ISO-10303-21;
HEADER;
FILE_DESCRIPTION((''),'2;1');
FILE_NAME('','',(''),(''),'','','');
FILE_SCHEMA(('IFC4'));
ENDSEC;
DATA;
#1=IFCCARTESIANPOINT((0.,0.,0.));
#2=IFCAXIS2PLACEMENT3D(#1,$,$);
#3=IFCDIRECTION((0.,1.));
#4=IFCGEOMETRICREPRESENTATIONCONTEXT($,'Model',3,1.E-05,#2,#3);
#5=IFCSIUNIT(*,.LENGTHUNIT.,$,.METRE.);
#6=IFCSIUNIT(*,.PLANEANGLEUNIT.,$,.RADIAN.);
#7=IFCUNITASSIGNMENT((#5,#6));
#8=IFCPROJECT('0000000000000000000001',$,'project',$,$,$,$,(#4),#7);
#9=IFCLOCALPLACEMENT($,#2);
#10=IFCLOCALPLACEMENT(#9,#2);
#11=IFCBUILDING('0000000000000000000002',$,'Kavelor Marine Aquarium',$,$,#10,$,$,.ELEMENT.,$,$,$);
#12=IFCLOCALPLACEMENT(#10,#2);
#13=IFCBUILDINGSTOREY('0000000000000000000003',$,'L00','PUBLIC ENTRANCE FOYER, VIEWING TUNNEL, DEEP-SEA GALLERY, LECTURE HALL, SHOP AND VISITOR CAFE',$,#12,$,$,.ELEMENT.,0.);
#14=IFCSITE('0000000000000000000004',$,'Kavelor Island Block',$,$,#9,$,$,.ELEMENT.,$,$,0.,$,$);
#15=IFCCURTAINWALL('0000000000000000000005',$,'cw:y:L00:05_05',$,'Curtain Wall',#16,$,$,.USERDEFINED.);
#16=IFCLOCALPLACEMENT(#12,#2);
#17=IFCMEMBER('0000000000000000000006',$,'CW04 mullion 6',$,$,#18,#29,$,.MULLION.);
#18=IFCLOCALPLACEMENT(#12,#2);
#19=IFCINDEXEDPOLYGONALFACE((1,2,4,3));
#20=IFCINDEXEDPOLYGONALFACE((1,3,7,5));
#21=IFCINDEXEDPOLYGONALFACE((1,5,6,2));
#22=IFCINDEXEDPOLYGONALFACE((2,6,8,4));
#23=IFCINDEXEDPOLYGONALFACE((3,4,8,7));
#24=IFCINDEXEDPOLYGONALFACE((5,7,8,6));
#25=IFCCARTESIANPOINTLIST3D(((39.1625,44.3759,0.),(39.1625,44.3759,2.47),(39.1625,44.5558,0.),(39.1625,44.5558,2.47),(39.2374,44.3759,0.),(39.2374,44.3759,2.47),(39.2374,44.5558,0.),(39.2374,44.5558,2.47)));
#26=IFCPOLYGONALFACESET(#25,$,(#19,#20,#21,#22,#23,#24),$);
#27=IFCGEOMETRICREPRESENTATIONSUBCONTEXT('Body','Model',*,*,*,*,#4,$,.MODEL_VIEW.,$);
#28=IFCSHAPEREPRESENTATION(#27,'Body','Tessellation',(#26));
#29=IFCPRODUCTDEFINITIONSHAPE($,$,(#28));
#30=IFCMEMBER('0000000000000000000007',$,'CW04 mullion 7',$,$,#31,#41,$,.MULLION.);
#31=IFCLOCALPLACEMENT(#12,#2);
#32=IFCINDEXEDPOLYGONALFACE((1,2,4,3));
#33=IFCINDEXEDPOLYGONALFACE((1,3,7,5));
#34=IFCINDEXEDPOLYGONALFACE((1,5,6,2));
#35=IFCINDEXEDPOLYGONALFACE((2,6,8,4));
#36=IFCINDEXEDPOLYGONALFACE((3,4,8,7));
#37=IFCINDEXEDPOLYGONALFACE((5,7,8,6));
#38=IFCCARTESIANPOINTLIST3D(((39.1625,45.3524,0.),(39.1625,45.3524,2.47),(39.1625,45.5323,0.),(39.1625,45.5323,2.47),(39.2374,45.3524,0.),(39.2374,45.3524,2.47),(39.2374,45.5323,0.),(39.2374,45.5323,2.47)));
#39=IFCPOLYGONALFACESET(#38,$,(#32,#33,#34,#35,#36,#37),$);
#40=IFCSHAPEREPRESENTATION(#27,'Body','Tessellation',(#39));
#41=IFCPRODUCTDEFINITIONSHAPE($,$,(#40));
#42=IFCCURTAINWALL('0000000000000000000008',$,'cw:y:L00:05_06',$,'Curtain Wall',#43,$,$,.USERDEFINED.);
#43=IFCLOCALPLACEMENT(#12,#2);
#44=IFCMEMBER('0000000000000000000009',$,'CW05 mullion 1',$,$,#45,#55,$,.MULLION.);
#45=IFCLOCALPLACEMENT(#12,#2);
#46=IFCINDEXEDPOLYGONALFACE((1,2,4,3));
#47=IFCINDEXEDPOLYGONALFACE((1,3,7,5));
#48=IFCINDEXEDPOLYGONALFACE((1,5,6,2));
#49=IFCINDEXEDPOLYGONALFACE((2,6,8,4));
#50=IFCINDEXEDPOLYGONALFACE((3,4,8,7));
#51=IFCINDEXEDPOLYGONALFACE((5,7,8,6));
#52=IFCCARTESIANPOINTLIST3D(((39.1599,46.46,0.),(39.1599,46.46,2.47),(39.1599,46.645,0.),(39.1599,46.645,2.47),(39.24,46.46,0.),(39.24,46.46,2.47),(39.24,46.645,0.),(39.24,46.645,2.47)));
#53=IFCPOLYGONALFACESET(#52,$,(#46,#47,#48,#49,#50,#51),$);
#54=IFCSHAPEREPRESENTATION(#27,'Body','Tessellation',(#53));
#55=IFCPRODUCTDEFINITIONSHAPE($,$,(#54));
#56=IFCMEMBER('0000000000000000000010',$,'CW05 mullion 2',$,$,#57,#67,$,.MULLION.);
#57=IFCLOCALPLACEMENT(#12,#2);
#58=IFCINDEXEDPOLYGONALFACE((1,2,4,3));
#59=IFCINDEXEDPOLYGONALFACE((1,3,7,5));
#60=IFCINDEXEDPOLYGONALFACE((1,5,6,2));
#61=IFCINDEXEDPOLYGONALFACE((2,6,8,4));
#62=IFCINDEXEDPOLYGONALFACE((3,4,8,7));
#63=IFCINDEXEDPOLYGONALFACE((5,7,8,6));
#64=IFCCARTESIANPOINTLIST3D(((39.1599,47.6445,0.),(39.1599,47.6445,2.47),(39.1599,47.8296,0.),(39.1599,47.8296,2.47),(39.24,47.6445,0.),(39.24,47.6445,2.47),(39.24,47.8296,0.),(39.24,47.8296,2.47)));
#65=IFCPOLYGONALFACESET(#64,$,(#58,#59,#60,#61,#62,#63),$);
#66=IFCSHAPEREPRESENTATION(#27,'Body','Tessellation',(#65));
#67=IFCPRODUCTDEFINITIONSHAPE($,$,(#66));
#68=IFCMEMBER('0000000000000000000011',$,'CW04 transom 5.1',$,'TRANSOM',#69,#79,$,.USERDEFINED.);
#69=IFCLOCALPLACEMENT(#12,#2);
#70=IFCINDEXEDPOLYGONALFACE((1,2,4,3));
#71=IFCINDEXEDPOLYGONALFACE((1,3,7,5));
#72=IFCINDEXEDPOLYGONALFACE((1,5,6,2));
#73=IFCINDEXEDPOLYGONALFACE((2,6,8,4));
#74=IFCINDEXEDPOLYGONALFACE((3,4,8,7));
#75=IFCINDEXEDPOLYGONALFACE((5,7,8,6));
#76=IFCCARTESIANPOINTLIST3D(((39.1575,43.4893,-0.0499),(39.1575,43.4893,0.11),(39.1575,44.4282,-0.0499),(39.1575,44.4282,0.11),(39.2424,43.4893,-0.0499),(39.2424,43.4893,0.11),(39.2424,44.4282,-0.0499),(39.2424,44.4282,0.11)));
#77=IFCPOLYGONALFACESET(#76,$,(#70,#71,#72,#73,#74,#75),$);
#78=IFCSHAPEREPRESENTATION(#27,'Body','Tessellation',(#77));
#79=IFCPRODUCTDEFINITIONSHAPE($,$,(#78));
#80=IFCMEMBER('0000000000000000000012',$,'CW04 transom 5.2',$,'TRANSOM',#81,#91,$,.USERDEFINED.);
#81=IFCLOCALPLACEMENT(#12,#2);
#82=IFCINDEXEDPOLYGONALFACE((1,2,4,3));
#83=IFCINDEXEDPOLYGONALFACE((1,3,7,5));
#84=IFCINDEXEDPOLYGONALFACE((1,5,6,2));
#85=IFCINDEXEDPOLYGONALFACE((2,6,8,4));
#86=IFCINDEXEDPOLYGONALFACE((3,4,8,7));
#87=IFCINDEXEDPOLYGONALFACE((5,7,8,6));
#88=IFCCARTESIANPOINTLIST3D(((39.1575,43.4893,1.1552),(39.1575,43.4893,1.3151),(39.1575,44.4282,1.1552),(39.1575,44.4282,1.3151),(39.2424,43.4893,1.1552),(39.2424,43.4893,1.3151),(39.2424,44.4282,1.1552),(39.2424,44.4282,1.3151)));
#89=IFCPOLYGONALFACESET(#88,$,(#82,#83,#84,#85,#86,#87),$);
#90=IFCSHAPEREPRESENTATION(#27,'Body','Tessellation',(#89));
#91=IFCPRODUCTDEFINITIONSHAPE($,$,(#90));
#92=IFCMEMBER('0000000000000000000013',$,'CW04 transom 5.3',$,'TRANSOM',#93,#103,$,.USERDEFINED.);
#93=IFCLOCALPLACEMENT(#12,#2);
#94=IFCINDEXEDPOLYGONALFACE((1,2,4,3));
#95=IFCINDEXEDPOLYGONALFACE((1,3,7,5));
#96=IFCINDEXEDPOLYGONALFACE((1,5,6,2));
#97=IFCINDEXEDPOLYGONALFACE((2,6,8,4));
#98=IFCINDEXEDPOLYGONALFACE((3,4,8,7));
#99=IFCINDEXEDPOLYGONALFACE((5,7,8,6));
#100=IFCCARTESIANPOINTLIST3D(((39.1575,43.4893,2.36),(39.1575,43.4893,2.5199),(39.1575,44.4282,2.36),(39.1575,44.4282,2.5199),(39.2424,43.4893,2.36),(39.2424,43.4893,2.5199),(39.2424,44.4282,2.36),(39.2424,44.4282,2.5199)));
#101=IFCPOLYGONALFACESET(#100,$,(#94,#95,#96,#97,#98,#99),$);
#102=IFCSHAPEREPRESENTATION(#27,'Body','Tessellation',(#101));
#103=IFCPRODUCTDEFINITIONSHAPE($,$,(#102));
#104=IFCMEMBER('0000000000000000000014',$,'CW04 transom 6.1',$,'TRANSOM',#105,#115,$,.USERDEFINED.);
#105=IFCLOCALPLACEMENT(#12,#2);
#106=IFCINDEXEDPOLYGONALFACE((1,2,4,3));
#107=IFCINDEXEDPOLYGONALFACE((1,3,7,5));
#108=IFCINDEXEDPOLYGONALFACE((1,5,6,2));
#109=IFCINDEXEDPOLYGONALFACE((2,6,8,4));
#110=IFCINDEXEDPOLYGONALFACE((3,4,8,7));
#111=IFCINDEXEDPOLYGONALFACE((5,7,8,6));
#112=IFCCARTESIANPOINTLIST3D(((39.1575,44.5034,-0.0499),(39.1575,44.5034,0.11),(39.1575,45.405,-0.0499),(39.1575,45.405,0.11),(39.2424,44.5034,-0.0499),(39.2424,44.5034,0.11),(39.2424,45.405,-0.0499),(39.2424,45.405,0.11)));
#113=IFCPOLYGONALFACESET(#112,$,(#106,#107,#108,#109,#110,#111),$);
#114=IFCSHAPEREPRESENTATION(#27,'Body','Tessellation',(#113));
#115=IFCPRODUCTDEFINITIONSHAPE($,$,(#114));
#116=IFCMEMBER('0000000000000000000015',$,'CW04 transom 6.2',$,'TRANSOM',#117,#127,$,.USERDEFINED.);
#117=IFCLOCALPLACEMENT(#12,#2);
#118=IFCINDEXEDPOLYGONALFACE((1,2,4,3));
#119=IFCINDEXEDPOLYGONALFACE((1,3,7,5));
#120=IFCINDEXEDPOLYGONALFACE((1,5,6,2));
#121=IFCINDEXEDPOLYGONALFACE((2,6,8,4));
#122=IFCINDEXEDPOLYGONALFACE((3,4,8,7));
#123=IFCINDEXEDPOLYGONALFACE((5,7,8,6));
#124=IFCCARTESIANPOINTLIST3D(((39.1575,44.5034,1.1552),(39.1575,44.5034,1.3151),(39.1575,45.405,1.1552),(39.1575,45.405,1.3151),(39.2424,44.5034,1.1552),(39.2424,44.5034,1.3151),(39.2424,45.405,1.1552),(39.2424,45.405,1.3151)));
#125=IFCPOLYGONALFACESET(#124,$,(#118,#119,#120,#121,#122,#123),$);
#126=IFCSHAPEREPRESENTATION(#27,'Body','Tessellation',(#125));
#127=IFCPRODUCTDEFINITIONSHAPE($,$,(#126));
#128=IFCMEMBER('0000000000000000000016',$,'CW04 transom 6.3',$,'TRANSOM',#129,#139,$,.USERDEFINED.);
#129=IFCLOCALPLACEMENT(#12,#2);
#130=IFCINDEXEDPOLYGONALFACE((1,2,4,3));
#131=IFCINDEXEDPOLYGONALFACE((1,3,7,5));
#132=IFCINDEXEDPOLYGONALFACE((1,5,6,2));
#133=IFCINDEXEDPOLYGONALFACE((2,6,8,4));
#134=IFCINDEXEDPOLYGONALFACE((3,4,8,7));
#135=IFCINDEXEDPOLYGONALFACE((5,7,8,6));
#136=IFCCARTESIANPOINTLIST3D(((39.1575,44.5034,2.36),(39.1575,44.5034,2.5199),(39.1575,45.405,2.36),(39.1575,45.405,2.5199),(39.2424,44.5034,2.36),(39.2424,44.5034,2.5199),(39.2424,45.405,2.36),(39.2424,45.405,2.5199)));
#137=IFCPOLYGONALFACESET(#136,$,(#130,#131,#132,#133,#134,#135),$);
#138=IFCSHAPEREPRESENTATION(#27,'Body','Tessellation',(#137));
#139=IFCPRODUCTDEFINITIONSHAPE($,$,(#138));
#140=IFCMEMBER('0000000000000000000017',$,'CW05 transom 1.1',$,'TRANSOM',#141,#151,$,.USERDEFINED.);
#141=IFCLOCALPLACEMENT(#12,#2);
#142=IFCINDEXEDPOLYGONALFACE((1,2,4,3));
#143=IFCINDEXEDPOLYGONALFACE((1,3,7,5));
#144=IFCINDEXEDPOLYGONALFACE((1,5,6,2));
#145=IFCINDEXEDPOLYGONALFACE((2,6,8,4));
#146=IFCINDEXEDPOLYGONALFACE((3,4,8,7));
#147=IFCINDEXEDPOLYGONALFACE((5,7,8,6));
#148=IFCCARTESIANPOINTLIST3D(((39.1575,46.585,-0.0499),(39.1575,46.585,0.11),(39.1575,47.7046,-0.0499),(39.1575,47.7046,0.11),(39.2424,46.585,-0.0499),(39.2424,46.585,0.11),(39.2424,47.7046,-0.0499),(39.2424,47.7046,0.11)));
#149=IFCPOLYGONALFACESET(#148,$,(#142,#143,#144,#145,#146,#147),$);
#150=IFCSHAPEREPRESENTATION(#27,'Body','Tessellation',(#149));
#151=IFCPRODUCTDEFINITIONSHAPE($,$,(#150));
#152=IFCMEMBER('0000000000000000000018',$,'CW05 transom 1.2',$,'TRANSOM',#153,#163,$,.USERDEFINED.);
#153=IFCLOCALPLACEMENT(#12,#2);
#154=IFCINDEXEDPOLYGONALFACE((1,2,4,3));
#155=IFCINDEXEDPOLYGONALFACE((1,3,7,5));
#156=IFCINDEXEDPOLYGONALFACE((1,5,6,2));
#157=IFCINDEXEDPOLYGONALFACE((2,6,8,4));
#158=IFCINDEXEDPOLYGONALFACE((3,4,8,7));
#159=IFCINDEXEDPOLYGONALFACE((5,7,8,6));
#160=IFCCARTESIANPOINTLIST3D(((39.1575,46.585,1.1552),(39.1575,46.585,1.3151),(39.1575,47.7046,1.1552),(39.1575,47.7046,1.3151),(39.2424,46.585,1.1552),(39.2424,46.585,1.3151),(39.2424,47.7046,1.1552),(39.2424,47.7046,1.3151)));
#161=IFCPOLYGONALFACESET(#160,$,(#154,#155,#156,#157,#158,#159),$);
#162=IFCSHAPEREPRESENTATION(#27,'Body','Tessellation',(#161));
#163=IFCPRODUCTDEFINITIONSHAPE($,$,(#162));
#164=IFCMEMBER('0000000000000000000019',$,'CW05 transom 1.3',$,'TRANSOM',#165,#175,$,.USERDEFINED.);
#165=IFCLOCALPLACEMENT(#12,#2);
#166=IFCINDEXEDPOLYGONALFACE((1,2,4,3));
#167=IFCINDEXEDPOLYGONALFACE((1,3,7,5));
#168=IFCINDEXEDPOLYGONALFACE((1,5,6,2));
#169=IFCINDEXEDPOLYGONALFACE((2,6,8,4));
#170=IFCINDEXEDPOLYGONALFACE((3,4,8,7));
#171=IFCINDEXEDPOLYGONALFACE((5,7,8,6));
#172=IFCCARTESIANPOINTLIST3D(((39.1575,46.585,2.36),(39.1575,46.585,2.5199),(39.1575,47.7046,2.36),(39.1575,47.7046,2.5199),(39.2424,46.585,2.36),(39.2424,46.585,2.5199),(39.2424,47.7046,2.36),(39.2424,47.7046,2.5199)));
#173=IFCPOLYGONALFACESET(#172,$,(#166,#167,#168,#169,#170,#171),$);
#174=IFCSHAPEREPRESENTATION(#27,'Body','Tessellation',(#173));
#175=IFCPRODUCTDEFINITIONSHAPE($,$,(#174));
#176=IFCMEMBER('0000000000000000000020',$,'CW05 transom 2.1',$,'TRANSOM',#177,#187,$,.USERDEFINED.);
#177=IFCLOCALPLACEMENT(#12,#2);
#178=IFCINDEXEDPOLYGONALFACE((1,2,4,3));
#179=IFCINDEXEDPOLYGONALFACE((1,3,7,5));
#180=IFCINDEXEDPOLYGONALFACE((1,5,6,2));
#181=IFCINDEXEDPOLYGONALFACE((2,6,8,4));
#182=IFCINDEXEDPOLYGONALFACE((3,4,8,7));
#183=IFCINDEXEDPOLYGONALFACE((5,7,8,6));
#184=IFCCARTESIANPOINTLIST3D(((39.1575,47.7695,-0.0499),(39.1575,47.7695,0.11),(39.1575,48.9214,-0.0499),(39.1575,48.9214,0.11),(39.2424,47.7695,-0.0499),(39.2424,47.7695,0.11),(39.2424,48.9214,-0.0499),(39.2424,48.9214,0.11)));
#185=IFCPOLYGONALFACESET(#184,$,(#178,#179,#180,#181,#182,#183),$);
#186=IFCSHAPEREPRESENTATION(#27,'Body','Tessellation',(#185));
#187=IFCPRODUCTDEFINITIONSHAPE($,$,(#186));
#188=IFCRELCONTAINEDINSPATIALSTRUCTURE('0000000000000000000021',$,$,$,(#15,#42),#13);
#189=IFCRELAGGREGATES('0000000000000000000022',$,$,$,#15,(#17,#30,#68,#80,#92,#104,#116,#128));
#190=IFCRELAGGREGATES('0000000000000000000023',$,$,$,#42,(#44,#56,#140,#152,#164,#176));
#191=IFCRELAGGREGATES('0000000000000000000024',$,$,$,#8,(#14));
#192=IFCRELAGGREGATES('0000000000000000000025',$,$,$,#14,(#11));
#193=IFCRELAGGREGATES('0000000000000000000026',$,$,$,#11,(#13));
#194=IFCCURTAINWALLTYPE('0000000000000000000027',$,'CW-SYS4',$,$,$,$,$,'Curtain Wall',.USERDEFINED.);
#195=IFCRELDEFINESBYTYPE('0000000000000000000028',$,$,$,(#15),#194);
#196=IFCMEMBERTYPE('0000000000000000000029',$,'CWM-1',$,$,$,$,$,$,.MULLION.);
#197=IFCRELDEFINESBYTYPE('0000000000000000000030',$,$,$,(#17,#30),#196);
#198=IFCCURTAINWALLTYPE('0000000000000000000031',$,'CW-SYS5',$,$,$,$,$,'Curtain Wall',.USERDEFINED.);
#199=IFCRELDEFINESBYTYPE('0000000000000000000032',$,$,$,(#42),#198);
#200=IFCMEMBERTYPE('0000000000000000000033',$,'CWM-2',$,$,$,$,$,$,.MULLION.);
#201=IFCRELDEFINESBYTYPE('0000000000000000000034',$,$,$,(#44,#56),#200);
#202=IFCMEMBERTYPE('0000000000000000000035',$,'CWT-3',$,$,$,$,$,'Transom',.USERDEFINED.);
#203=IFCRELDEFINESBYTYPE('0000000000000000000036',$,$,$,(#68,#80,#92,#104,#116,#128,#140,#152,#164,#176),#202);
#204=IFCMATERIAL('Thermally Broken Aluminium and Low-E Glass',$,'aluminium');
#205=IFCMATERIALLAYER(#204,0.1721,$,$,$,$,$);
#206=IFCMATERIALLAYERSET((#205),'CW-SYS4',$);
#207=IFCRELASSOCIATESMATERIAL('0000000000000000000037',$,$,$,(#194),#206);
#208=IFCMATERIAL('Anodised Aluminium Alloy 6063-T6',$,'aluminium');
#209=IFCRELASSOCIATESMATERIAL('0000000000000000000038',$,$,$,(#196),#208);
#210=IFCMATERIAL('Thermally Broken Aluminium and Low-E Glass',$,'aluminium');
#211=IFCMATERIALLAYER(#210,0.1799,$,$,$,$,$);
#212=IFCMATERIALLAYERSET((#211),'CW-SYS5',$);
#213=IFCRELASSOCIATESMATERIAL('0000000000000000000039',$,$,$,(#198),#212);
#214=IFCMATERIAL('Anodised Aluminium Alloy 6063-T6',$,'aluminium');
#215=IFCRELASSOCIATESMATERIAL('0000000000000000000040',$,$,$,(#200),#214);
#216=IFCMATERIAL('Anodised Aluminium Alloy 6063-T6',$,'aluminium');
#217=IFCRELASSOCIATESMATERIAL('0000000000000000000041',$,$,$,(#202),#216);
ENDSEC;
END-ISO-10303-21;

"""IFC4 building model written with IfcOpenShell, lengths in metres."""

from ifc_helpers import new_model, si_unit, direction, frame, origin, origin_2d, place, context, subcontext, project, spatial, rectangle, extrude, material, layer, layer_set, material_profile, profile_set, type_object, element, aggregate, save


model = new_model("IFC4")

# Units and contexts
model_context = context("Model", 3, precision=1e-05, world=origin(), true_north=direction((0.0, 1.0)))
body_context = subcontext(model_context, "Body", "Model", "MODEL_VIEW")
ifc_project = project(units=[si_unit("LENGTHUNIT", "METRE"), si_unit("PLANEANGLEUNIT", "RADIAN")], contexts=[model_context])

# Site, building, storey
site_placement = place(None, origin())
site = spatial("IfcSite", under=ifc_project, at=site_placement, Name="Kavelor Island Block", CompositionType="ELEMENT", RefElevation=0.0)
building_placement = place(site_placement, origin())
building = spatial("IfcBuilding", under=site, at=building_placement, Name="Kavelor Marine Aquarium", CompositionType="ELEMENT")
storey_placement = place(building_placement, origin())
storey = spatial("IfcBuildingStorey", under=building, at=storey_placement, Name="L00", Description="PUBLIC ENTRANCE FOYER, VIEWING TUNNEL, DEEP-SEA GALLERY, LECTURE HALL, SHOP AND VISITOR CAFE", CompositionType="ELEMENT", Elevation=0.0)

# Curtain walls, members
ifc_material_1 = material(Name="Thermally Broken Aluminium and Low-E Glass", Category="aluminium")
ifc_layer_1 = layer(ifc_material_1, 0.1721)
ifc_layer_set_1 = layer_set([ifc_layer_1], Name="CW-SYS4")
curtain_wall_type_1 = type_object("IfcCurtainWallType", Name="CW-SYS4", ElementType="Curtain Wall", PredefinedType="USERDEFINED", material=ifc_layer_set_1)
curtain_wall_1_placement = place(storey_placement, origin())
curtain_wall_1 = element("IfcCurtainWall", 1, at=curtain_wall_1_placement, inside=storey, type_object=curtain_wall_type_1, Name="cw:y:L00:05_05", ObjectType="Curtain Wall", PredefinedType="USERDEFINED")
ifc_material_2 = material(Name="Anodised Aluminium Alloy 6063-T6", Category="aluminium")
ifc_material_profile_1 = material_profile(ifc_material_2, rectangle(XDim=0.075, YDim=0.1799, at=origin_2d()), Name="CW-MUL 75x180")
ifc_profile_set_1 = profile_set([ifc_material_profile_1], Name="Anodised Aluminium Alloy 6063-T6")
member_type_1 = type_object("IfcMemberType", Name="CWM-1", PredefinedType="MULLION", material=ifc_profile_set_1)
member_1_placement = place(storey_placement, frame((39.2, 44.4658, 0.0), z_axis=(0.0, 0.0, 1.0), x_axis=(-1.0, 0.0, 0.0)))
member_1 = element("IfcMember", 2, at=member_1_placement, type_object=member_type_1, Name="CW04 mullion 6", PredefinedType="MULLION", context=body_context, shape_type="SweptSolid", body=[
    extrude(rectangle(XDim=0.075, YDim=0.1799, at=origin_2d()), origin(), (0.0, 0.0, 1.0), 2.47),
])
member_2_placement = place(storey_placement, frame((39.2, 45.4424, 0.0), z_axis=(0.0, 0.0, 1.0), x_axis=(-1.0, 0.0, 0.0)))
member_2 = element("IfcMember", 3, at=member_2_placement, type_object=member_type_1, Name="CW04 mullion 7", PredefinedType="MULLION", context=body_context, shape_type="SweptSolid", body=[
    extrude(rectangle(XDim=0.075, YDim=0.1799, at=origin_2d()), origin(), (0.0, 0.0, 1.0), 2.47),
])
ifc_material_3 = material(Name="Thermally Broken Aluminium and Low-E Glass", Category="aluminium")
ifc_layer_2 = layer(ifc_material_3, 0.1799)
ifc_layer_set_2 = layer_set([ifc_layer_2], Name="CW-SYS5")
curtain_wall_type_2 = type_object("IfcCurtainWallType", Name="CW-SYS5", ElementType="Curtain Wall", PredefinedType="USERDEFINED", material=ifc_layer_set_2)
curtain_wall_2_placement = place(storey_placement, origin())
curtain_wall_2 = element("IfcCurtainWall", 4, at=curtain_wall_2_placement, inside=storey, type_object=curtain_wall_type_2, Name="cw:y:L00:05_06", ObjectType="Curtain Wall", PredefinedType="USERDEFINED")
ifc_material_4 = material(Name="Anodised Aluminium Alloy 6063-T6", Category="aluminium")
ifc_material_profile_2 = material_profile(ifc_material_4, rectangle(XDim=0.0801, YDim=0.1851, at=origin_2d()), Name="CW-MUL 80x185")
ifc_profile_set_2 = profile_set([ifc_material_profile_2], Name="Anodised Aluminium Alloy 6063-T6")
member_type_2 = type_object("IfcMemberType", Name="CWM-2", PredefinedType="MULLION", material=ifc_profile_set_2)
member_3_placement = place(storey_placement, frame((39.2, 46.5525, 0.0), z_axis=(0.0, 0.0, 1.0), x_axis=(-1.0, 0.0, 0.0)))
member_3 = element("IfcMember", 5, at=member_3_placement, type_object=member_type_2, Name="CW05 mullion 1", PredefinedType="MULLION", context=body_context, shape_type="SweptSolid", body=[
    extrude(rectangle(XDim=0.0801, YDim=0.1851, at=origin_2d()), origin(), (0.0, 0.0, 1.0), 2.47),
])
member_4_placement = place(storey_placement, frame((39.2, 47.7371, 0.0), z_axis=(0.0, 0.0, 1.0), x_axis=(-1.0, 0.0, 0.0)))
member_4 = element("IfcMember", 6, at=member_4_placement, type_object=member_type_2, Name="CW05 mullion 2", PredefinedType="MULLION", context=body_context, shape_type="SweptSolid", body=[
    extrude(rectangle(XDim=0.0801, YDim=0.1851, at=origin_2d()), origin(), (0.0, 0.0, 1.0), 2.47),
])

# Members
ifc_material_5 = material(Name="Anodised Aluminium Alloy 6063-T6", Category="aluminium")
ifc_material_profile_3 = material_profile(ifc_material_5, rectangle(XDim=0.085, YDim=0.1599, at=origin_2d()), Name="CW-TRN 85x160")
ifc_profile_set_3 = profile_set([ifc_material_profile_3], Name="Anodised Aluminium Alloy 6063-T6")
member_type_3 = type_object("IfcMemberType", Name="CWT-3", ElementType="Transom", PredefinedType="USERDEFINED", material=ifc_profile_set_3)
member_5_placement = place(storey_placement, frame((39.2, 43.4893, 0.03), z_axis=(0.0, 1.0, 0.0), x_axis=(-1.0, 0.0, 0.0)))
member_5 = element("IfcMember", 7, at=member_5_placement, type_object=member_type_3, Name="CW04 transom 5.1", ObjectType="TRANSOM", PredefinedType="USERDEFINED", context=body_context, shape_type="SweptSolid", body=[
    extrude(rectangle(XDim=0.085, YDim=0.1599, at=origin_2d()), origin(), (0.0, 0.0, 1.0), 0.939),
])
member_6_placement = place(storey_placement, frame((39.2, 43.4893, 1.2351), z_axis=(0.0, 1.0, 0.0), x_axis=(-1.0, 0.0, 0.0)))
member_6 = element("IfcMember", 8, at=member_6_placement, type_object=member_type_3, Name="CW04 transom 5.2", ObjectType="TRANSOM", PredefinedType="USERDEFINED", context=body_context, shape_type="SweptSolid", body=[
    extrude(rectangle(XDim=0.085, YDim=0.1599, at=origin_2d()), origin(), (0.0, 0.0, 1.0), 0.939),
])
member_7_placement = place(storey_placement, frame((39.2, 43.4893, 2.4399), z_axis=(0.0, 1.0, 0.0), x_axis=(-1.0, 0.0, 0.0)))
member_7 = element("IfcMember", 9, at=member_7_placement, type_object=member_type_3, Name="CW04 transom 5.3", ObjectType="TRANSOM", PredefinedType="USERDEFINED", context=body_context, shape_type="SweptSolid", body=[
    extrude(rectangle(XDim=0.085, YDim=0.1599, at=origin_2d()), origin(), (0.0, 0.0, 1.0), 0.939),
])
member_8_placement = place(storey_placement, frame((39.2, 44.5034, 0.03), z_axis=(0.0, 1.0, 0.0), x_axis=(-1.0, 0.0, 0.0)))
member_8 = element("IfcMember", 10, at=member_8_placement, type_object=member_type_3, Name="CW04 transom 6.1", ObjectType="TRANSOM", PredefinedType="USERDEFINED", context=body_context, shape_type="SweptSolid", body=[
    extrude(rectangle(XDim=0.085, YDim=0.1599, at=origin_2d()), origin(), (0.0, 0.0, 1.0), 0.9016),
])
member_9_placement = place(storey_placement, frame((39.2, 44.5034, 1.2351), z_axis=(0.0, 1.0, 0.0), x_axis=(-1.0, 0.0, 0.0)))
member_9 = element("IfcMember", 11, at=member_9_placement, type_object=member_type_3, Name="CW04 transom 6.2", ObjectType="TRANSOM", PredefinedType="USERDEFINED", context=body_context, shape_type="SweptSolid", body=[
    extrude(rectangle(XDim=0.085, YDim=0.1599, at=origin_2d()), origin(), (0.0, 0.0, 1.0), 0.9016),
])
member_10_placement = place(storey_placement, frame((39.2, 44.5034, 2.4399), z_axis=(0.0, 1.0, 0.0), x_axis=(-1.0, 0.0, 0.0)))
member_10 = element("IfcMember", 12, at=member_10_placement, type_object=member_type_3, Name="CW04 transom 6.3", ObjectType="TRANSOM", PredefinedType="USERDEFINED", context=body_context, shape_type="SweptSolid", body=[
    extrude(rectangle(XDim=0.085, YDim=0.1599, at=origin_2d()), origin(), (0.0, 0.0, 1.0), 0.9016),
])
member_11_placement = place(storey_placement, frame((39.2, 46.585, 0.03), z_axis=(0.0, 1.0, 0.0), x_axis=(-1.0, 0.0, 0.0)))
member_11 = element("IfcMember", 13, at=member_11_placement, type_object=member_type_3, Name="CW05 transom 1.1", ObjectType="TRANSOM", PredefinedType="USERDEFINED", context=body_context, shape_type="SweptSolid", body=[
    extrude(rectangle(XDim=0.085, YDim=0.1599, at=origin_2d()), origin(), (0.0, 0.0, 1.0), 1.1196),
])
member_12_placement = place(storey_placement, frame((39.2, 46.585, 1.2351), z_axis=(0.0, 1.0, 0.0), x_axis=(-1.0, 0.0, 0.0)))
member_12 = element("IfcMember", 14, at=member_12_placement, type_object=member_type_3, Name="CW05 transom 1.2", ObjectType="TRANSOM", PredefinedType="USERDEFINED", context=body_context, shape_type="SweptSolid", body=[
    extrude(rectangle(XDim=0.085, YDim=0.1599, at=origin_2d()), origin(), (0.0, 0.0, 1.0), 1.1196),
])
member_13_placement = place(storey_placement, frame((39.2, 46.585, 2.4399), z_axis=(0.0, 1.0, 0.0), x_axis=(-1.0, 0.0, 0.0)))
member_13 = element("IfcMember", 15, at=member_13_placement, type_object=member_type_3, Name="CW05 transom 1.3", ObjectType="TRANSOM", PredefinedType="USERDEFINED", context=body_context, shape_type="SweptSolid", body=[
    extrude(rectangle(XDim=0.085, YDim=0.1599, at=origin_2d()), origin(), (0.0, 0.0, 1.0), 1.1196),
])
member_14_placement = place(storey_placement, frame((39.2, 47.7695, 0.03), z_axis=(0.0, 1.0, 0.0), x_axis=(-1.0, 0.0, 0.0)))
member_14 = element("IfcMember", 16, at=member_14_placement, type_object=member_type_3, Name="CW05 transom 2.1", ObjectType="TRANSOM", PredefinedType="USERDEFINED", context=body_context, shape_type="SweptSolid", body=[
    extrude(rectangle(XDim=0.085, YDim=0.1599, at=origin_2d()), origin(), (0.0, 0.0, 1.0), 1.1519),
])

aggregate(curtain_wall_1, [member_1, member_2, member_5, member_6, member_7, member_8, member_9, member_10])
aggregate(curtain_wall_2, [member_3, member_4, member_11, member_12, member_13, member_14])

save(model, "model.ifc")
